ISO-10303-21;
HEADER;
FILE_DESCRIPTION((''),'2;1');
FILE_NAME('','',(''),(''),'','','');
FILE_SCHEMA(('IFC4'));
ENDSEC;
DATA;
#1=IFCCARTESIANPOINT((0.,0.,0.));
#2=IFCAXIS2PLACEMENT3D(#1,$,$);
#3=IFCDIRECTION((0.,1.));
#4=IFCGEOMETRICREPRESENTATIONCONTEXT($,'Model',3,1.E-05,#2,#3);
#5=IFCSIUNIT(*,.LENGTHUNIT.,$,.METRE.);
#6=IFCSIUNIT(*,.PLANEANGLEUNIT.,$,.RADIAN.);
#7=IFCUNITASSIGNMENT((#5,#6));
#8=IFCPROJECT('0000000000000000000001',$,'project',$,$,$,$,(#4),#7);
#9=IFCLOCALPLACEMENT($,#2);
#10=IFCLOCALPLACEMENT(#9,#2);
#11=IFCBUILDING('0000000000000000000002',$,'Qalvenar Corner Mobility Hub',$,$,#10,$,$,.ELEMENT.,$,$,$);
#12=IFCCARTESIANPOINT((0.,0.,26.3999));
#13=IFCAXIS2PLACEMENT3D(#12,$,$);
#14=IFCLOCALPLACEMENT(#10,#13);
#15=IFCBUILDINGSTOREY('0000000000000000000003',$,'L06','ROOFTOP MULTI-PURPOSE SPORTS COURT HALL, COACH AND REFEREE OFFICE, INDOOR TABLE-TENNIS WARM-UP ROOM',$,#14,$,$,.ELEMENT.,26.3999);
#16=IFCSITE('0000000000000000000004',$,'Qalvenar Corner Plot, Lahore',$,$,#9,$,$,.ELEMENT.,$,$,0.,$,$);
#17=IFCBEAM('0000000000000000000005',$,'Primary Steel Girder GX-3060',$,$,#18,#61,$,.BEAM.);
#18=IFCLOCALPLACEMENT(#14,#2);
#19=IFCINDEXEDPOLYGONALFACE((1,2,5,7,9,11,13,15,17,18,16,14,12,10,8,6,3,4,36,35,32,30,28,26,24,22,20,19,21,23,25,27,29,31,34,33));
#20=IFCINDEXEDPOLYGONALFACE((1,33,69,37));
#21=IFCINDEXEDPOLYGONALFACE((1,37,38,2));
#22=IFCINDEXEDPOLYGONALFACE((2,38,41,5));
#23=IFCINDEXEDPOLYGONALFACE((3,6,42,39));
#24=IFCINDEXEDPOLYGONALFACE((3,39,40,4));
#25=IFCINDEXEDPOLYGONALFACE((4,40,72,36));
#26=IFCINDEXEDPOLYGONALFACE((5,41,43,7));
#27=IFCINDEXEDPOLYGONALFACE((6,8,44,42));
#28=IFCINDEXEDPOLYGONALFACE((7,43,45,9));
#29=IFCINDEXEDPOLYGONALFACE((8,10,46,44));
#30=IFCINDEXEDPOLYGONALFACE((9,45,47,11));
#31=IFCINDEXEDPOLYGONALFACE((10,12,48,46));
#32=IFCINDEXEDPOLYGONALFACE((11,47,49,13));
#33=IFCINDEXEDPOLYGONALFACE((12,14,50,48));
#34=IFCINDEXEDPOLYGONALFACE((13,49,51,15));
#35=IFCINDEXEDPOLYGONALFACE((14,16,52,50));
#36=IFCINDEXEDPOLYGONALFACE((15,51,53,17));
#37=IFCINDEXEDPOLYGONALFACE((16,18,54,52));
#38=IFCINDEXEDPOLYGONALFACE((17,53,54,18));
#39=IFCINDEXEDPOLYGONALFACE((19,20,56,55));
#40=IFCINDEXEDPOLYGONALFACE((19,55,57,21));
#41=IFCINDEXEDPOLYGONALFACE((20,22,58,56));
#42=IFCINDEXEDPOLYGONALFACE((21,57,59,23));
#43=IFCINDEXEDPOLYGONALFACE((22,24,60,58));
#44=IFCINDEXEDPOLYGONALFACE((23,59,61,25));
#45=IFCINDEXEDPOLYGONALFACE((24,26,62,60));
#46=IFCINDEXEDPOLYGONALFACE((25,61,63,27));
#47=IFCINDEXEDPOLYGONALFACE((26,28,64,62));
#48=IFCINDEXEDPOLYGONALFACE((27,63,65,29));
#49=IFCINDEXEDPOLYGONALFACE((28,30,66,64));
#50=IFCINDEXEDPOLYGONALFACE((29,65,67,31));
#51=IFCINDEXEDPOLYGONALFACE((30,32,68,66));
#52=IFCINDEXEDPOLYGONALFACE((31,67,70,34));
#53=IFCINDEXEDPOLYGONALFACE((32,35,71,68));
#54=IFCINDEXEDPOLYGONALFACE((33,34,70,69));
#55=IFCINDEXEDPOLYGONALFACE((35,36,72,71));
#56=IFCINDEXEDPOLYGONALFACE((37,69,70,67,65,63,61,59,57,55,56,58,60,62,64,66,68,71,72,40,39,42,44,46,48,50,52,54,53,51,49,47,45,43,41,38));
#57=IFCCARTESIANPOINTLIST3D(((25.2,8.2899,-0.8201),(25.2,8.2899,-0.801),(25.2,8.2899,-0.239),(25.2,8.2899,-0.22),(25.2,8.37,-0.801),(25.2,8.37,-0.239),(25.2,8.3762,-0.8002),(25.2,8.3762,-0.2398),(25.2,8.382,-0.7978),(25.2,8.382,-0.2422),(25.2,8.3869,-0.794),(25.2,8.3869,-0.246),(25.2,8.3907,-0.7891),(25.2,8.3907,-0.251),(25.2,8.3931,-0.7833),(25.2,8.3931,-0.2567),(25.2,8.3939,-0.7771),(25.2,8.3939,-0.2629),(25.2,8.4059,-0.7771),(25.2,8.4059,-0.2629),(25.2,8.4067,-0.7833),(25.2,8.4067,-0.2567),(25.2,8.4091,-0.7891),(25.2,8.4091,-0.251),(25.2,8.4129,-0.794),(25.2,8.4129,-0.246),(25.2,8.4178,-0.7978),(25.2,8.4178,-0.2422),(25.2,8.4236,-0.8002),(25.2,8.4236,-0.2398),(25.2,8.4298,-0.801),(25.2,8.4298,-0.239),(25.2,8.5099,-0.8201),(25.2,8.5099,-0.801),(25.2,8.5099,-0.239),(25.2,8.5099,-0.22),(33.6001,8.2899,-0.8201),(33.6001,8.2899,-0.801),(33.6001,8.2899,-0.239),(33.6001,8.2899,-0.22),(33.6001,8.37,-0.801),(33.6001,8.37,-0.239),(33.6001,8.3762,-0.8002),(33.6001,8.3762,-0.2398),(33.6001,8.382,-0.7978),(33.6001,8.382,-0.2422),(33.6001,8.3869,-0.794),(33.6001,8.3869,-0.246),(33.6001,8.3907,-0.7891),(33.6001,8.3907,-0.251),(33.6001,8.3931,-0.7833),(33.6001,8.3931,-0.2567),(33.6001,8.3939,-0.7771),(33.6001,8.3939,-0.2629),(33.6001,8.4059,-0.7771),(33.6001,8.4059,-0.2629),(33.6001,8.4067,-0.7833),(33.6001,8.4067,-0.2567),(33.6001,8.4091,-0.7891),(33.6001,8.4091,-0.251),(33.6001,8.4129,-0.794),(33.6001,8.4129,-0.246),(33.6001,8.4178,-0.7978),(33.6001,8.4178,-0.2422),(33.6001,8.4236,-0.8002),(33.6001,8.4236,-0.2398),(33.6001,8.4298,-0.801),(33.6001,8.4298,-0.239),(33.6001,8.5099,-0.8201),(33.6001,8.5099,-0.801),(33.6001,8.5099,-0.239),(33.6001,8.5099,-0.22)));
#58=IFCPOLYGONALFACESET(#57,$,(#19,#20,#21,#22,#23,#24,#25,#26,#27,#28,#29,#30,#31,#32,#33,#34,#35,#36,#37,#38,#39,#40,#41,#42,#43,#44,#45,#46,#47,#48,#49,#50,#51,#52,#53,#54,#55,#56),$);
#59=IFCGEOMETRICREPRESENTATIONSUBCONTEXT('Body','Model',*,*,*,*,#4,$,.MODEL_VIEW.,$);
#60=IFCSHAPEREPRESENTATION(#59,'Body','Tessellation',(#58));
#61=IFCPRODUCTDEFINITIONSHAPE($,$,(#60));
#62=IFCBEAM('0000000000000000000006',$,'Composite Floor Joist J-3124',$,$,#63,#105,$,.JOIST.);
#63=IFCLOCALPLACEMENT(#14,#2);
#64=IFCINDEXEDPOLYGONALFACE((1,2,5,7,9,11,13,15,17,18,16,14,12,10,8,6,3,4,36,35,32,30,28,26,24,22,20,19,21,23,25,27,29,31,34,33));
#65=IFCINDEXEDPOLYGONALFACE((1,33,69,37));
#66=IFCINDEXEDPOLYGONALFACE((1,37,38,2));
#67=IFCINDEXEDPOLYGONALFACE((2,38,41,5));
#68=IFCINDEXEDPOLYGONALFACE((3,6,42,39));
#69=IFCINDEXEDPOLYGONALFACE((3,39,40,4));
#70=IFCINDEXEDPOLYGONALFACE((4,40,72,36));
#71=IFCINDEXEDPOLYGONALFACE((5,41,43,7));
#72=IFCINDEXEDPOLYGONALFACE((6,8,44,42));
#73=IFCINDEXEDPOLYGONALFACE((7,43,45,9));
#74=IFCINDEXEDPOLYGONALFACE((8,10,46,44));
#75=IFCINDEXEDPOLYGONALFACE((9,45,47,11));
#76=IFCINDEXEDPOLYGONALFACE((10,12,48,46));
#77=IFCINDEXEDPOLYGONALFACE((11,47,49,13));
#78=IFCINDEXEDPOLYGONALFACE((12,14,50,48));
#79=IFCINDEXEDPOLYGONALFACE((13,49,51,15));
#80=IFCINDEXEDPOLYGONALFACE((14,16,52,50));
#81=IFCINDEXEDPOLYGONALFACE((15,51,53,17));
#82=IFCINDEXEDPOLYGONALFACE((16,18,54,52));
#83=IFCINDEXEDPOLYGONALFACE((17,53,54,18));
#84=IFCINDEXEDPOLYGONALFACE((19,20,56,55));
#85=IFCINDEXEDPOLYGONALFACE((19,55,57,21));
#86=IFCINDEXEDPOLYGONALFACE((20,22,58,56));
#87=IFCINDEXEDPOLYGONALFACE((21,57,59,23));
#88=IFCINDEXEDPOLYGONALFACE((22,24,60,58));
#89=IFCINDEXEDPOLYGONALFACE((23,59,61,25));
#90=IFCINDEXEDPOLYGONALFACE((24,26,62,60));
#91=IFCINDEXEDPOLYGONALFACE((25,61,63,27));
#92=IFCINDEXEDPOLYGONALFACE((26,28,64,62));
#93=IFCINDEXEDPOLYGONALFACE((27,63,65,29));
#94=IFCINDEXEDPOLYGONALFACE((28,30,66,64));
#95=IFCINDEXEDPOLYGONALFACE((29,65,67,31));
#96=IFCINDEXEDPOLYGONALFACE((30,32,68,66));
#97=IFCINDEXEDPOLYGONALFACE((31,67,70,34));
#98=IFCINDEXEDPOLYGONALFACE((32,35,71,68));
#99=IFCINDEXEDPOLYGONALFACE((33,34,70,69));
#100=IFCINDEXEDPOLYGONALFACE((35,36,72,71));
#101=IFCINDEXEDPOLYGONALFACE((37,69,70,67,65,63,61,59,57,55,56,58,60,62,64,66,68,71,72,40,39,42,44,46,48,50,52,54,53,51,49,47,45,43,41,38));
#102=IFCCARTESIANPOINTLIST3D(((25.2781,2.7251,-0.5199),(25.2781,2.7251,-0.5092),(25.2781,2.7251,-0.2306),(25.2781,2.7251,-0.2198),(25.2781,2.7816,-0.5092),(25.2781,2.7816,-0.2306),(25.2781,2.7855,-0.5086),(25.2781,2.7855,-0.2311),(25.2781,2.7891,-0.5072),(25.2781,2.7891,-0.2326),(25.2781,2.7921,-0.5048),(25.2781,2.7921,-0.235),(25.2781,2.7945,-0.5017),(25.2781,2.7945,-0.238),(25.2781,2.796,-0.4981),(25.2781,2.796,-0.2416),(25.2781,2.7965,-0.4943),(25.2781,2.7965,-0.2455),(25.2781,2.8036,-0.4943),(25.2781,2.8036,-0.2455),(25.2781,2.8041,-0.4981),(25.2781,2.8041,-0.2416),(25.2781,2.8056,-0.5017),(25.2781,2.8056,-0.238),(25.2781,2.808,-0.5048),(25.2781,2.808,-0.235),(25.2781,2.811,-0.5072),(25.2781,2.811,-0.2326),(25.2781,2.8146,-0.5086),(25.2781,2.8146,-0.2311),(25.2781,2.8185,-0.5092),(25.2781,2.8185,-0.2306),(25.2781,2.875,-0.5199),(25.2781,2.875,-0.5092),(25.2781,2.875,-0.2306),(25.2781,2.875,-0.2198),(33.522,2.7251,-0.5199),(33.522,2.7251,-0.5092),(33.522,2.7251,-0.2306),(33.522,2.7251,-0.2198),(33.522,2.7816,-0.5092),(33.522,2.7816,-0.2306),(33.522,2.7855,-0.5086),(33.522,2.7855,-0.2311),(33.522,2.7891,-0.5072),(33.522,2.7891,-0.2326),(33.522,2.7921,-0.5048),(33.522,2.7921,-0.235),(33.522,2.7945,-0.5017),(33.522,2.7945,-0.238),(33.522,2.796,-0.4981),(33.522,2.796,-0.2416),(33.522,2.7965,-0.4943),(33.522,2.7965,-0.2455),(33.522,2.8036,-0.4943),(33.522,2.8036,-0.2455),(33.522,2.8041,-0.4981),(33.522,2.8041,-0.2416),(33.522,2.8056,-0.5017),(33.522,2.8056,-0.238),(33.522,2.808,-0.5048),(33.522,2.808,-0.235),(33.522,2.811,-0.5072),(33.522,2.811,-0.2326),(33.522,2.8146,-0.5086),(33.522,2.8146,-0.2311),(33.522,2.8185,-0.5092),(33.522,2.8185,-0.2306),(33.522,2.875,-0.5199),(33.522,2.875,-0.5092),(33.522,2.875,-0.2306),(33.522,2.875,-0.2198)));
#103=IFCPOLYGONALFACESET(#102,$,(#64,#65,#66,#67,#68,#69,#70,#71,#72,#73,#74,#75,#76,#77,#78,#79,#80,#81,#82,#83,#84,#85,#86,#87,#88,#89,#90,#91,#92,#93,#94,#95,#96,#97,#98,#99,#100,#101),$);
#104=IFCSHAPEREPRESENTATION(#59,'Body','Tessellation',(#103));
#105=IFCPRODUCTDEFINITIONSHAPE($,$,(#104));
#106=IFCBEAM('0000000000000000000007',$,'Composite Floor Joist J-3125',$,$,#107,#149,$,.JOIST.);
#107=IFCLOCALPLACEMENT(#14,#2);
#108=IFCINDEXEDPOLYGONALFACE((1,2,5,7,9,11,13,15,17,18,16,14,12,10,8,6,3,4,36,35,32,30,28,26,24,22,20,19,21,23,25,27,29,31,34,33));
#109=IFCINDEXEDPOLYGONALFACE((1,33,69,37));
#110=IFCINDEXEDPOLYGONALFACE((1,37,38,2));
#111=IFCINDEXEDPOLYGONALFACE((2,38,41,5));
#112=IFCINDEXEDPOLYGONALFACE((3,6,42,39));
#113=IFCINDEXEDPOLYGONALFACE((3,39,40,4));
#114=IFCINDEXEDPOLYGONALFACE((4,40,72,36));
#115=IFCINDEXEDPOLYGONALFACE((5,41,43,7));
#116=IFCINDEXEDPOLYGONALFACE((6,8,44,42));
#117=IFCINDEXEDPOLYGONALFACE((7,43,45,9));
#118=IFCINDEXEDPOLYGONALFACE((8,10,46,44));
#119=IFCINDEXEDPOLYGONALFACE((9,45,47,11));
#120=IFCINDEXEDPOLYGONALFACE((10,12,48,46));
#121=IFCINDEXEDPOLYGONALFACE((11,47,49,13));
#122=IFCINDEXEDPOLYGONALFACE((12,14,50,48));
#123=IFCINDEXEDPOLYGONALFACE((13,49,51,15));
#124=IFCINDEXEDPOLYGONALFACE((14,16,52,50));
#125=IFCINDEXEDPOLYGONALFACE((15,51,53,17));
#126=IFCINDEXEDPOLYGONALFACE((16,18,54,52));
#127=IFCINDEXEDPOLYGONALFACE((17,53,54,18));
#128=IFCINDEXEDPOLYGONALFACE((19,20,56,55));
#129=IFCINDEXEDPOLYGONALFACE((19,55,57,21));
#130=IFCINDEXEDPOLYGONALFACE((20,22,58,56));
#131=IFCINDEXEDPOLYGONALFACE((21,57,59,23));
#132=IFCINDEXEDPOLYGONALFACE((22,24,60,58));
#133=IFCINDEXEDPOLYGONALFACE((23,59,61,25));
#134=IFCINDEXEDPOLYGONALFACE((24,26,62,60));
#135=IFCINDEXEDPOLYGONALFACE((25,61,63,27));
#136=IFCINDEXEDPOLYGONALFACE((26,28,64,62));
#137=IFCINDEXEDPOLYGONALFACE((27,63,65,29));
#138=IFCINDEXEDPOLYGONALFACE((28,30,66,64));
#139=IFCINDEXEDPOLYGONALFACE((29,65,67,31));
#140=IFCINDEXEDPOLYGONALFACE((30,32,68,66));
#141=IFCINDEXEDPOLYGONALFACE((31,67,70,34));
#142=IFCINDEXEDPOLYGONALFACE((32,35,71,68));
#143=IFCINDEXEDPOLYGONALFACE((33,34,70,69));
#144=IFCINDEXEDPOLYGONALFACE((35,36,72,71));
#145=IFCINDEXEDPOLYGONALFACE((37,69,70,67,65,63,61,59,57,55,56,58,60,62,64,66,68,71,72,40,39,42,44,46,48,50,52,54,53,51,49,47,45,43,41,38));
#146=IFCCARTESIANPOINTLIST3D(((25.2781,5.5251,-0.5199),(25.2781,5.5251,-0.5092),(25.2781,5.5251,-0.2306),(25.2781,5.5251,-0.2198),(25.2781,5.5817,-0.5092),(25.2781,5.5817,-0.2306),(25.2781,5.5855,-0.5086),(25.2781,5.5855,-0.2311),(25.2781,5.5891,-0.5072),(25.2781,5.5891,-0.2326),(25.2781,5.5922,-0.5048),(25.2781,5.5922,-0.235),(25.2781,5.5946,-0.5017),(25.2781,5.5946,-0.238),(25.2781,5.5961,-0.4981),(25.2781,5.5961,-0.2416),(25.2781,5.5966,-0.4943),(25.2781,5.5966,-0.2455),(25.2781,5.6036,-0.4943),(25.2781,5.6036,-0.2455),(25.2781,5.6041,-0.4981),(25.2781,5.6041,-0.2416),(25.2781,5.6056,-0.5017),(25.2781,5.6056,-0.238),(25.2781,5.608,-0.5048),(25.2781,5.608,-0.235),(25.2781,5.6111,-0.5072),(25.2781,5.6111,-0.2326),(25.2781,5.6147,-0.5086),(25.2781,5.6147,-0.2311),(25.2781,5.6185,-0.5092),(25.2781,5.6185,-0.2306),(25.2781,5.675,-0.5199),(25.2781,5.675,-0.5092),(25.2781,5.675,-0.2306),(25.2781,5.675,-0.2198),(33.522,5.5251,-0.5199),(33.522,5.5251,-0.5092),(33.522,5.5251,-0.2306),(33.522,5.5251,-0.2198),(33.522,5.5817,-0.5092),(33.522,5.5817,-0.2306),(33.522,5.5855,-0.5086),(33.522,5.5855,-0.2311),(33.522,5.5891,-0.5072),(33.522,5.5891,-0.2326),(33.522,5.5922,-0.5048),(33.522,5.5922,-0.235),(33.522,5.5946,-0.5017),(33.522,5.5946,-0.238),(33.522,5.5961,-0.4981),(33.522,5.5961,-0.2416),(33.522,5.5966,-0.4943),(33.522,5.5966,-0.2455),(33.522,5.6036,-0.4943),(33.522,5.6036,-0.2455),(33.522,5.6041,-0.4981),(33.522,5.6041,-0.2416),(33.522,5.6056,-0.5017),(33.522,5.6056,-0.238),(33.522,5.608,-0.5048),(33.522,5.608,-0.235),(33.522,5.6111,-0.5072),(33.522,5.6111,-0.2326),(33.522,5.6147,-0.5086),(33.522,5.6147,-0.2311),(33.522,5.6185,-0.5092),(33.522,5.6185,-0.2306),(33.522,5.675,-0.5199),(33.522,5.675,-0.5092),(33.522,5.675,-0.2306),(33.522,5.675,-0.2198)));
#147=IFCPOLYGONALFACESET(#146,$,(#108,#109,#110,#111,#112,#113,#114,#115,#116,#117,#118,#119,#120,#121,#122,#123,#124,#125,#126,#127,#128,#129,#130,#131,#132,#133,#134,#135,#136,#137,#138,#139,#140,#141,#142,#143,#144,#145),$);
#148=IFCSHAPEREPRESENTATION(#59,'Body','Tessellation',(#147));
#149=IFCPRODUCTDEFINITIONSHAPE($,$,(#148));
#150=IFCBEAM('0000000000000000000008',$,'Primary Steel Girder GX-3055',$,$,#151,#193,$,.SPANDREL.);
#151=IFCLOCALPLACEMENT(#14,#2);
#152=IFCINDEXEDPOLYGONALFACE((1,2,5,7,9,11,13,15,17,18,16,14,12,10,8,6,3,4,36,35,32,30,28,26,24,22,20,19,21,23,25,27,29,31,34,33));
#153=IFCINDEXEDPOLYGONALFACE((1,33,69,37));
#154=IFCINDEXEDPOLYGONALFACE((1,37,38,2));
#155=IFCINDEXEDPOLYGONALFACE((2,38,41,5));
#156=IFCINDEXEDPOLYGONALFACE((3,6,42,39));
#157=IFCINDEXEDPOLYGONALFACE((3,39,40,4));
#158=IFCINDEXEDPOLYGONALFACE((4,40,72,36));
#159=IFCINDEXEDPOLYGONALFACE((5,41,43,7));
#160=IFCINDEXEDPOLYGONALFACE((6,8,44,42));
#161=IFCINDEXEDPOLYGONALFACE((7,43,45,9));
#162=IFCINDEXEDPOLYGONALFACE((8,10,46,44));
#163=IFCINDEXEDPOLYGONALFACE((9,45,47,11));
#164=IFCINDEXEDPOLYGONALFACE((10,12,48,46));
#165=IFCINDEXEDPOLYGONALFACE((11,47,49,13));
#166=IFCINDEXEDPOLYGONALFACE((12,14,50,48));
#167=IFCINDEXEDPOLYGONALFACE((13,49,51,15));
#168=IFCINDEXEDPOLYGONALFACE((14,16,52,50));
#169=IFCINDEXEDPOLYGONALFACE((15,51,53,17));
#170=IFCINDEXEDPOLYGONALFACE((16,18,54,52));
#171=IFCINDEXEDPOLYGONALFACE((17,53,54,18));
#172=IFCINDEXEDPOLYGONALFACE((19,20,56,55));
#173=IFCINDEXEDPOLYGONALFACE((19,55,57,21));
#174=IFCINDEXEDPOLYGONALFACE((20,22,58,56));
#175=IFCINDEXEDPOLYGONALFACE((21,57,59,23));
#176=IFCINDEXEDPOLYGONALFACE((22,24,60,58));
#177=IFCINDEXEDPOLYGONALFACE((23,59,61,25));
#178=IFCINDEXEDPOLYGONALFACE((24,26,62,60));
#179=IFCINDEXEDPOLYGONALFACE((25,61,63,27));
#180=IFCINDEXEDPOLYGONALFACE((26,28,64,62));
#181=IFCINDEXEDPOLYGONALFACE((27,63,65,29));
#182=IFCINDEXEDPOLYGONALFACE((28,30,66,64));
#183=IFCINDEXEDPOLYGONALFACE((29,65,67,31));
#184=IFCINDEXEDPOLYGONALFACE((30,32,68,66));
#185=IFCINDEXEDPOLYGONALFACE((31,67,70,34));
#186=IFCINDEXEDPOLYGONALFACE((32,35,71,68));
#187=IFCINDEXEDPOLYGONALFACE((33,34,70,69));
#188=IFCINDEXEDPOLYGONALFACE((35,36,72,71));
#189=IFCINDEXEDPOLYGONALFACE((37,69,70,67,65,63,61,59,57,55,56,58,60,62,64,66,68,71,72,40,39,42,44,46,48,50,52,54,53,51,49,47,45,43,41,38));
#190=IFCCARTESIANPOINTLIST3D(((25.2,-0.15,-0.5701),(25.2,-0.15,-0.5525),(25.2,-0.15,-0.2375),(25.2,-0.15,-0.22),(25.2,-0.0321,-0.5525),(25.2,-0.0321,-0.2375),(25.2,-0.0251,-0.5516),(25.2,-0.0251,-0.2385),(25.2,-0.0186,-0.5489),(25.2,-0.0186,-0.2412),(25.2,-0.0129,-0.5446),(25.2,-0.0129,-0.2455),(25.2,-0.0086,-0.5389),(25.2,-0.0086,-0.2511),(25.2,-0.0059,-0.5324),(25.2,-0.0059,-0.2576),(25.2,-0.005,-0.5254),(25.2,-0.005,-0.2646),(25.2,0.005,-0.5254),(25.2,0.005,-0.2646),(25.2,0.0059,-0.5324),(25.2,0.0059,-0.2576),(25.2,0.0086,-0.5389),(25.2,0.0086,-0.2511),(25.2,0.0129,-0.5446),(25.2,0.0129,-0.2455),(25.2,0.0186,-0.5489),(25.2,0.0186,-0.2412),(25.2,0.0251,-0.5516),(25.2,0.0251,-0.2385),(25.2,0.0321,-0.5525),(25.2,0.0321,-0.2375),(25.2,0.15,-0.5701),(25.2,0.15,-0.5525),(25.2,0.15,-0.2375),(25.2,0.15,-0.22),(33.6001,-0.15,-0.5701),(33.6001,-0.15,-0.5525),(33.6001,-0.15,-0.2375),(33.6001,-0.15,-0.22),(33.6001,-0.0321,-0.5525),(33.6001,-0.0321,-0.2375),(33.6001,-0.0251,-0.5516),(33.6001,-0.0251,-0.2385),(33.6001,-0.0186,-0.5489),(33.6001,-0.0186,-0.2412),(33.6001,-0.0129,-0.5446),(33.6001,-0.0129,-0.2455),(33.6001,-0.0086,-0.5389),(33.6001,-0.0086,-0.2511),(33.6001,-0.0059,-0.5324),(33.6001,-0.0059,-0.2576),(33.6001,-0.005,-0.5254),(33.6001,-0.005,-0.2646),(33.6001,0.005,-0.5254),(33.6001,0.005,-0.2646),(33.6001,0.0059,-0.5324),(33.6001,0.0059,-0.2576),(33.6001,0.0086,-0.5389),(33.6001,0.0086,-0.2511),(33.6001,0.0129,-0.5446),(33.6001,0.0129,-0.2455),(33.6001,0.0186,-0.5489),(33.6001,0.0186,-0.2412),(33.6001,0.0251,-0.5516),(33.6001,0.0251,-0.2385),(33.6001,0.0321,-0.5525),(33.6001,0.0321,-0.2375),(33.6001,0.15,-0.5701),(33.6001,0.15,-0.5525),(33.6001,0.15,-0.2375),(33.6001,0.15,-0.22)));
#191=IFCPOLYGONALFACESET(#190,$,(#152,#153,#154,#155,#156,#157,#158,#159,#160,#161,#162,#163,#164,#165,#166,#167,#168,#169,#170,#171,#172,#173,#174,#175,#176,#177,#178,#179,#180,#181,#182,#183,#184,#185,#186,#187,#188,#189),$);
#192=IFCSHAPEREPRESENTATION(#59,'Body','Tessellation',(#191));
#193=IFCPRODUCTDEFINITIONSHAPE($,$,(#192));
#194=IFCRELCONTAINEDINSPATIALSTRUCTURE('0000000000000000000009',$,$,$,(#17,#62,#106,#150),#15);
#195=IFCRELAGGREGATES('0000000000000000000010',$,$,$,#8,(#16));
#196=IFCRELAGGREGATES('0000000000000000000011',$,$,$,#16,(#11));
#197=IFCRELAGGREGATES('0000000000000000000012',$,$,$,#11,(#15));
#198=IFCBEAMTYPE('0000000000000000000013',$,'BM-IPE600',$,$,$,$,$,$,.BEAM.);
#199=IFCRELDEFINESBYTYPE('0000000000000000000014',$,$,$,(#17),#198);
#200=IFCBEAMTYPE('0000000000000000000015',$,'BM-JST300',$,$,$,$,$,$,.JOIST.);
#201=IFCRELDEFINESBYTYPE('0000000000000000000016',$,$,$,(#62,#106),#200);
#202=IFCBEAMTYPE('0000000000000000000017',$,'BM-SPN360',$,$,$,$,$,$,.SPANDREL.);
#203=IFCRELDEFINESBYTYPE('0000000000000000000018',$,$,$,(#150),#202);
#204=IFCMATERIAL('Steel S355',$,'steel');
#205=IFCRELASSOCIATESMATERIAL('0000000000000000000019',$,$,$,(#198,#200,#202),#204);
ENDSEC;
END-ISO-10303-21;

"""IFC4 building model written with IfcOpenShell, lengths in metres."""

from ifc_helpers import new_model, si_unit, direction, frame, origin, origin_2d, place, context, subcontext, project, spatial, i_section, extrude, material, material_profile, profile_set, type_object, element, save


model = new_model("IFC4")

# Units and contexts
model_context = context("Model", 3, precision=1e-05, world=origin(), true_north=direction((0.0, 1.0)))
body_context = subcontext(model_context, "Body", "Model", "MODEL_VIEW")
ifc_project = project(units=[si_unit("LENGTHUNIT", "METRE"), si_unit("PLANEANGLEUNIT", "RADIAN")], contexts=[model_context])

# Site, building, storey
site_placement = place(None, origin())
site = spatial("IfcSite", under=ifc_project, at=site_placement, Name="Qalvenar Corner Plot, Lahore", CompositionType="ELEMENT", RefElevation=0.0)
building_placement = place(site_placement, origin())
building = spatial("IfcBuilding", under=site, at=building_placement, Name="Qalvenar Corner Mobility Hub", CompositionType="ELEMENT")
storey_placement = place(building_placement, frame((0.0, 0.0, 26.3999)))
storey = spatial("IfcBuildingStorey", under=building, at=storey_placement, Name="L06", Description="ROOFTOP MULTI-PURPOSE SPORTS COURT HALL, COACH AND REFEREE OFFICE, INDOOR TABLE-TENNIS WARM-UP ROOM", CompositionType="ELEMENT", Elevation=26.3999)

# Shared definitions
ifc_material_1 = material(Name="Steel S355", Category="steel")

# Beams
ifc_material_profile_1 = material_profile(ifc_material_1, i_section(OverallWidth=0.22, OverallDepth=0.6001, WebThickness=0.012, FlangeThickness=0.019, FilletRadius=0.0239, at=origin_2d()), Name="IPE600")
ifc_profile_set_1 = profile_set([ifc_material_profile_1], Name="Steel S355")
beam_type_1 = type_object("IfcBeamType", Name="BM-IPE600", PredefinedType="BEAM", material=ifc_profile_set_1)
beam_1_placement = place(storey_placement, frame((25.2, 8.3999, -0.52), z_axis=(1.0, 0.0, 0.0), x_axis=(0.0, 1.0, 0.0)))
element("IfcBeam", 1, at=beam_1_placement, inside=storey, type_object=beam_type_1, Name="Primary Steel Girder GX-3060", PredefinedType="BEAM", context=body_context, shape_type="SweptSolid", body=[
    extrude(i_section(OverallWidth=0.22, OverallDepth=0.6001, WebThickness=0.012, FlangeThickness=0.019, FilletRadius=0.0239, at=origin_2d()), origin(), (0.0, 0.0, 1.0), 8.4001),
])
ifc_material_profile_2 = material_profile(ifc_material_1, i_section(OverallWidth=0.1499, OverallDepth=0.3, WebThickness=0.0071, FlangeThickness=0.0107, FilletRadius=0.0149, at=origin_2d()), Name="IPE300")
ifc_profile_set_2 = profile_set([ifc_material_profile_2], Name="Steel S355")
beam_type_2 = type_object("IfcBeamType", Name="BM-JST300", PredefinedType="JOIST", material=ifc_profile_set_2)
for number, where, z_axis, x_axis, name in (
    (2, (25.2781, 2.8, -0.3699), (1.0, 0.0, 0.0), (0.0, 1.0, 0.0), "Composite Floor Joist J-3124"),
    (3, (25.2781, 5.6001, -0.3699), (1.0, 0.0, 0.0), (0.0, 1.0, 0.0), "Composite Floor Joist J-3125"),
):
    element("IfcBeam", number, at=place(storey_placement, frame(where, z_axis=z_axis, x_axis=x_axis)), inside=storey, type_object=beam_type_2, Name=name, PredefinedType="JOIST", context=body_context, shape_type="SweptSolid", body=[
        extrude(i_section(OverallWidth=0.1499, OverallDepth=0.3, WebThickness=0.0071, FlangeThickness=0.0107, FilletRadius=0.0149, at=origin_2d()), origin(), (0.0, 0.0, 1.0), 8.2439),
    ])
ifc_material_profile_3 = material_profile(ifc_material_1, i_section(OverallWidth=0.3, OverallDepth=0.3501, WebThickness=0.01, FlangeThickness=0.0176, FilletRadius=0.0271, at=origin_2d()), Name="HEA360")
ifc_profile_set_3 = profile_set([ifc_material_profile_3], Name="Steel S355")
beam_type_3 = type_object("IfcBeamType", Name="BM-SPN360", PredefinedType="SPANDREL", material=ifc_profile_set_3)
beam_2_placement = place(storey_placement, frame((25.2, 0.0, -0.395), z_axis=(1.0, 0.0, 0.0), x_axis=(0.0, 1.0, 0.0)))
element("IfcBeam", 4, at=beam_2_placement, inside=storey, type_object=beam_type_3, Name="Primary Steel Girder GX-3055", PredefinedType="SPANDREL", context=body_context, shape_type="SweptSolid", body=[
    extrude(i_section(OverallWidth=0.3, OverallDepth=0.3501, WebThickness=0.01, FlangeThickness=0.0176, FilletRadius=0.0271, at=origin_2d()), origin(), (0.0, 0.0, 1.0), 8.4001),
])

save(model, "model.ifc")
